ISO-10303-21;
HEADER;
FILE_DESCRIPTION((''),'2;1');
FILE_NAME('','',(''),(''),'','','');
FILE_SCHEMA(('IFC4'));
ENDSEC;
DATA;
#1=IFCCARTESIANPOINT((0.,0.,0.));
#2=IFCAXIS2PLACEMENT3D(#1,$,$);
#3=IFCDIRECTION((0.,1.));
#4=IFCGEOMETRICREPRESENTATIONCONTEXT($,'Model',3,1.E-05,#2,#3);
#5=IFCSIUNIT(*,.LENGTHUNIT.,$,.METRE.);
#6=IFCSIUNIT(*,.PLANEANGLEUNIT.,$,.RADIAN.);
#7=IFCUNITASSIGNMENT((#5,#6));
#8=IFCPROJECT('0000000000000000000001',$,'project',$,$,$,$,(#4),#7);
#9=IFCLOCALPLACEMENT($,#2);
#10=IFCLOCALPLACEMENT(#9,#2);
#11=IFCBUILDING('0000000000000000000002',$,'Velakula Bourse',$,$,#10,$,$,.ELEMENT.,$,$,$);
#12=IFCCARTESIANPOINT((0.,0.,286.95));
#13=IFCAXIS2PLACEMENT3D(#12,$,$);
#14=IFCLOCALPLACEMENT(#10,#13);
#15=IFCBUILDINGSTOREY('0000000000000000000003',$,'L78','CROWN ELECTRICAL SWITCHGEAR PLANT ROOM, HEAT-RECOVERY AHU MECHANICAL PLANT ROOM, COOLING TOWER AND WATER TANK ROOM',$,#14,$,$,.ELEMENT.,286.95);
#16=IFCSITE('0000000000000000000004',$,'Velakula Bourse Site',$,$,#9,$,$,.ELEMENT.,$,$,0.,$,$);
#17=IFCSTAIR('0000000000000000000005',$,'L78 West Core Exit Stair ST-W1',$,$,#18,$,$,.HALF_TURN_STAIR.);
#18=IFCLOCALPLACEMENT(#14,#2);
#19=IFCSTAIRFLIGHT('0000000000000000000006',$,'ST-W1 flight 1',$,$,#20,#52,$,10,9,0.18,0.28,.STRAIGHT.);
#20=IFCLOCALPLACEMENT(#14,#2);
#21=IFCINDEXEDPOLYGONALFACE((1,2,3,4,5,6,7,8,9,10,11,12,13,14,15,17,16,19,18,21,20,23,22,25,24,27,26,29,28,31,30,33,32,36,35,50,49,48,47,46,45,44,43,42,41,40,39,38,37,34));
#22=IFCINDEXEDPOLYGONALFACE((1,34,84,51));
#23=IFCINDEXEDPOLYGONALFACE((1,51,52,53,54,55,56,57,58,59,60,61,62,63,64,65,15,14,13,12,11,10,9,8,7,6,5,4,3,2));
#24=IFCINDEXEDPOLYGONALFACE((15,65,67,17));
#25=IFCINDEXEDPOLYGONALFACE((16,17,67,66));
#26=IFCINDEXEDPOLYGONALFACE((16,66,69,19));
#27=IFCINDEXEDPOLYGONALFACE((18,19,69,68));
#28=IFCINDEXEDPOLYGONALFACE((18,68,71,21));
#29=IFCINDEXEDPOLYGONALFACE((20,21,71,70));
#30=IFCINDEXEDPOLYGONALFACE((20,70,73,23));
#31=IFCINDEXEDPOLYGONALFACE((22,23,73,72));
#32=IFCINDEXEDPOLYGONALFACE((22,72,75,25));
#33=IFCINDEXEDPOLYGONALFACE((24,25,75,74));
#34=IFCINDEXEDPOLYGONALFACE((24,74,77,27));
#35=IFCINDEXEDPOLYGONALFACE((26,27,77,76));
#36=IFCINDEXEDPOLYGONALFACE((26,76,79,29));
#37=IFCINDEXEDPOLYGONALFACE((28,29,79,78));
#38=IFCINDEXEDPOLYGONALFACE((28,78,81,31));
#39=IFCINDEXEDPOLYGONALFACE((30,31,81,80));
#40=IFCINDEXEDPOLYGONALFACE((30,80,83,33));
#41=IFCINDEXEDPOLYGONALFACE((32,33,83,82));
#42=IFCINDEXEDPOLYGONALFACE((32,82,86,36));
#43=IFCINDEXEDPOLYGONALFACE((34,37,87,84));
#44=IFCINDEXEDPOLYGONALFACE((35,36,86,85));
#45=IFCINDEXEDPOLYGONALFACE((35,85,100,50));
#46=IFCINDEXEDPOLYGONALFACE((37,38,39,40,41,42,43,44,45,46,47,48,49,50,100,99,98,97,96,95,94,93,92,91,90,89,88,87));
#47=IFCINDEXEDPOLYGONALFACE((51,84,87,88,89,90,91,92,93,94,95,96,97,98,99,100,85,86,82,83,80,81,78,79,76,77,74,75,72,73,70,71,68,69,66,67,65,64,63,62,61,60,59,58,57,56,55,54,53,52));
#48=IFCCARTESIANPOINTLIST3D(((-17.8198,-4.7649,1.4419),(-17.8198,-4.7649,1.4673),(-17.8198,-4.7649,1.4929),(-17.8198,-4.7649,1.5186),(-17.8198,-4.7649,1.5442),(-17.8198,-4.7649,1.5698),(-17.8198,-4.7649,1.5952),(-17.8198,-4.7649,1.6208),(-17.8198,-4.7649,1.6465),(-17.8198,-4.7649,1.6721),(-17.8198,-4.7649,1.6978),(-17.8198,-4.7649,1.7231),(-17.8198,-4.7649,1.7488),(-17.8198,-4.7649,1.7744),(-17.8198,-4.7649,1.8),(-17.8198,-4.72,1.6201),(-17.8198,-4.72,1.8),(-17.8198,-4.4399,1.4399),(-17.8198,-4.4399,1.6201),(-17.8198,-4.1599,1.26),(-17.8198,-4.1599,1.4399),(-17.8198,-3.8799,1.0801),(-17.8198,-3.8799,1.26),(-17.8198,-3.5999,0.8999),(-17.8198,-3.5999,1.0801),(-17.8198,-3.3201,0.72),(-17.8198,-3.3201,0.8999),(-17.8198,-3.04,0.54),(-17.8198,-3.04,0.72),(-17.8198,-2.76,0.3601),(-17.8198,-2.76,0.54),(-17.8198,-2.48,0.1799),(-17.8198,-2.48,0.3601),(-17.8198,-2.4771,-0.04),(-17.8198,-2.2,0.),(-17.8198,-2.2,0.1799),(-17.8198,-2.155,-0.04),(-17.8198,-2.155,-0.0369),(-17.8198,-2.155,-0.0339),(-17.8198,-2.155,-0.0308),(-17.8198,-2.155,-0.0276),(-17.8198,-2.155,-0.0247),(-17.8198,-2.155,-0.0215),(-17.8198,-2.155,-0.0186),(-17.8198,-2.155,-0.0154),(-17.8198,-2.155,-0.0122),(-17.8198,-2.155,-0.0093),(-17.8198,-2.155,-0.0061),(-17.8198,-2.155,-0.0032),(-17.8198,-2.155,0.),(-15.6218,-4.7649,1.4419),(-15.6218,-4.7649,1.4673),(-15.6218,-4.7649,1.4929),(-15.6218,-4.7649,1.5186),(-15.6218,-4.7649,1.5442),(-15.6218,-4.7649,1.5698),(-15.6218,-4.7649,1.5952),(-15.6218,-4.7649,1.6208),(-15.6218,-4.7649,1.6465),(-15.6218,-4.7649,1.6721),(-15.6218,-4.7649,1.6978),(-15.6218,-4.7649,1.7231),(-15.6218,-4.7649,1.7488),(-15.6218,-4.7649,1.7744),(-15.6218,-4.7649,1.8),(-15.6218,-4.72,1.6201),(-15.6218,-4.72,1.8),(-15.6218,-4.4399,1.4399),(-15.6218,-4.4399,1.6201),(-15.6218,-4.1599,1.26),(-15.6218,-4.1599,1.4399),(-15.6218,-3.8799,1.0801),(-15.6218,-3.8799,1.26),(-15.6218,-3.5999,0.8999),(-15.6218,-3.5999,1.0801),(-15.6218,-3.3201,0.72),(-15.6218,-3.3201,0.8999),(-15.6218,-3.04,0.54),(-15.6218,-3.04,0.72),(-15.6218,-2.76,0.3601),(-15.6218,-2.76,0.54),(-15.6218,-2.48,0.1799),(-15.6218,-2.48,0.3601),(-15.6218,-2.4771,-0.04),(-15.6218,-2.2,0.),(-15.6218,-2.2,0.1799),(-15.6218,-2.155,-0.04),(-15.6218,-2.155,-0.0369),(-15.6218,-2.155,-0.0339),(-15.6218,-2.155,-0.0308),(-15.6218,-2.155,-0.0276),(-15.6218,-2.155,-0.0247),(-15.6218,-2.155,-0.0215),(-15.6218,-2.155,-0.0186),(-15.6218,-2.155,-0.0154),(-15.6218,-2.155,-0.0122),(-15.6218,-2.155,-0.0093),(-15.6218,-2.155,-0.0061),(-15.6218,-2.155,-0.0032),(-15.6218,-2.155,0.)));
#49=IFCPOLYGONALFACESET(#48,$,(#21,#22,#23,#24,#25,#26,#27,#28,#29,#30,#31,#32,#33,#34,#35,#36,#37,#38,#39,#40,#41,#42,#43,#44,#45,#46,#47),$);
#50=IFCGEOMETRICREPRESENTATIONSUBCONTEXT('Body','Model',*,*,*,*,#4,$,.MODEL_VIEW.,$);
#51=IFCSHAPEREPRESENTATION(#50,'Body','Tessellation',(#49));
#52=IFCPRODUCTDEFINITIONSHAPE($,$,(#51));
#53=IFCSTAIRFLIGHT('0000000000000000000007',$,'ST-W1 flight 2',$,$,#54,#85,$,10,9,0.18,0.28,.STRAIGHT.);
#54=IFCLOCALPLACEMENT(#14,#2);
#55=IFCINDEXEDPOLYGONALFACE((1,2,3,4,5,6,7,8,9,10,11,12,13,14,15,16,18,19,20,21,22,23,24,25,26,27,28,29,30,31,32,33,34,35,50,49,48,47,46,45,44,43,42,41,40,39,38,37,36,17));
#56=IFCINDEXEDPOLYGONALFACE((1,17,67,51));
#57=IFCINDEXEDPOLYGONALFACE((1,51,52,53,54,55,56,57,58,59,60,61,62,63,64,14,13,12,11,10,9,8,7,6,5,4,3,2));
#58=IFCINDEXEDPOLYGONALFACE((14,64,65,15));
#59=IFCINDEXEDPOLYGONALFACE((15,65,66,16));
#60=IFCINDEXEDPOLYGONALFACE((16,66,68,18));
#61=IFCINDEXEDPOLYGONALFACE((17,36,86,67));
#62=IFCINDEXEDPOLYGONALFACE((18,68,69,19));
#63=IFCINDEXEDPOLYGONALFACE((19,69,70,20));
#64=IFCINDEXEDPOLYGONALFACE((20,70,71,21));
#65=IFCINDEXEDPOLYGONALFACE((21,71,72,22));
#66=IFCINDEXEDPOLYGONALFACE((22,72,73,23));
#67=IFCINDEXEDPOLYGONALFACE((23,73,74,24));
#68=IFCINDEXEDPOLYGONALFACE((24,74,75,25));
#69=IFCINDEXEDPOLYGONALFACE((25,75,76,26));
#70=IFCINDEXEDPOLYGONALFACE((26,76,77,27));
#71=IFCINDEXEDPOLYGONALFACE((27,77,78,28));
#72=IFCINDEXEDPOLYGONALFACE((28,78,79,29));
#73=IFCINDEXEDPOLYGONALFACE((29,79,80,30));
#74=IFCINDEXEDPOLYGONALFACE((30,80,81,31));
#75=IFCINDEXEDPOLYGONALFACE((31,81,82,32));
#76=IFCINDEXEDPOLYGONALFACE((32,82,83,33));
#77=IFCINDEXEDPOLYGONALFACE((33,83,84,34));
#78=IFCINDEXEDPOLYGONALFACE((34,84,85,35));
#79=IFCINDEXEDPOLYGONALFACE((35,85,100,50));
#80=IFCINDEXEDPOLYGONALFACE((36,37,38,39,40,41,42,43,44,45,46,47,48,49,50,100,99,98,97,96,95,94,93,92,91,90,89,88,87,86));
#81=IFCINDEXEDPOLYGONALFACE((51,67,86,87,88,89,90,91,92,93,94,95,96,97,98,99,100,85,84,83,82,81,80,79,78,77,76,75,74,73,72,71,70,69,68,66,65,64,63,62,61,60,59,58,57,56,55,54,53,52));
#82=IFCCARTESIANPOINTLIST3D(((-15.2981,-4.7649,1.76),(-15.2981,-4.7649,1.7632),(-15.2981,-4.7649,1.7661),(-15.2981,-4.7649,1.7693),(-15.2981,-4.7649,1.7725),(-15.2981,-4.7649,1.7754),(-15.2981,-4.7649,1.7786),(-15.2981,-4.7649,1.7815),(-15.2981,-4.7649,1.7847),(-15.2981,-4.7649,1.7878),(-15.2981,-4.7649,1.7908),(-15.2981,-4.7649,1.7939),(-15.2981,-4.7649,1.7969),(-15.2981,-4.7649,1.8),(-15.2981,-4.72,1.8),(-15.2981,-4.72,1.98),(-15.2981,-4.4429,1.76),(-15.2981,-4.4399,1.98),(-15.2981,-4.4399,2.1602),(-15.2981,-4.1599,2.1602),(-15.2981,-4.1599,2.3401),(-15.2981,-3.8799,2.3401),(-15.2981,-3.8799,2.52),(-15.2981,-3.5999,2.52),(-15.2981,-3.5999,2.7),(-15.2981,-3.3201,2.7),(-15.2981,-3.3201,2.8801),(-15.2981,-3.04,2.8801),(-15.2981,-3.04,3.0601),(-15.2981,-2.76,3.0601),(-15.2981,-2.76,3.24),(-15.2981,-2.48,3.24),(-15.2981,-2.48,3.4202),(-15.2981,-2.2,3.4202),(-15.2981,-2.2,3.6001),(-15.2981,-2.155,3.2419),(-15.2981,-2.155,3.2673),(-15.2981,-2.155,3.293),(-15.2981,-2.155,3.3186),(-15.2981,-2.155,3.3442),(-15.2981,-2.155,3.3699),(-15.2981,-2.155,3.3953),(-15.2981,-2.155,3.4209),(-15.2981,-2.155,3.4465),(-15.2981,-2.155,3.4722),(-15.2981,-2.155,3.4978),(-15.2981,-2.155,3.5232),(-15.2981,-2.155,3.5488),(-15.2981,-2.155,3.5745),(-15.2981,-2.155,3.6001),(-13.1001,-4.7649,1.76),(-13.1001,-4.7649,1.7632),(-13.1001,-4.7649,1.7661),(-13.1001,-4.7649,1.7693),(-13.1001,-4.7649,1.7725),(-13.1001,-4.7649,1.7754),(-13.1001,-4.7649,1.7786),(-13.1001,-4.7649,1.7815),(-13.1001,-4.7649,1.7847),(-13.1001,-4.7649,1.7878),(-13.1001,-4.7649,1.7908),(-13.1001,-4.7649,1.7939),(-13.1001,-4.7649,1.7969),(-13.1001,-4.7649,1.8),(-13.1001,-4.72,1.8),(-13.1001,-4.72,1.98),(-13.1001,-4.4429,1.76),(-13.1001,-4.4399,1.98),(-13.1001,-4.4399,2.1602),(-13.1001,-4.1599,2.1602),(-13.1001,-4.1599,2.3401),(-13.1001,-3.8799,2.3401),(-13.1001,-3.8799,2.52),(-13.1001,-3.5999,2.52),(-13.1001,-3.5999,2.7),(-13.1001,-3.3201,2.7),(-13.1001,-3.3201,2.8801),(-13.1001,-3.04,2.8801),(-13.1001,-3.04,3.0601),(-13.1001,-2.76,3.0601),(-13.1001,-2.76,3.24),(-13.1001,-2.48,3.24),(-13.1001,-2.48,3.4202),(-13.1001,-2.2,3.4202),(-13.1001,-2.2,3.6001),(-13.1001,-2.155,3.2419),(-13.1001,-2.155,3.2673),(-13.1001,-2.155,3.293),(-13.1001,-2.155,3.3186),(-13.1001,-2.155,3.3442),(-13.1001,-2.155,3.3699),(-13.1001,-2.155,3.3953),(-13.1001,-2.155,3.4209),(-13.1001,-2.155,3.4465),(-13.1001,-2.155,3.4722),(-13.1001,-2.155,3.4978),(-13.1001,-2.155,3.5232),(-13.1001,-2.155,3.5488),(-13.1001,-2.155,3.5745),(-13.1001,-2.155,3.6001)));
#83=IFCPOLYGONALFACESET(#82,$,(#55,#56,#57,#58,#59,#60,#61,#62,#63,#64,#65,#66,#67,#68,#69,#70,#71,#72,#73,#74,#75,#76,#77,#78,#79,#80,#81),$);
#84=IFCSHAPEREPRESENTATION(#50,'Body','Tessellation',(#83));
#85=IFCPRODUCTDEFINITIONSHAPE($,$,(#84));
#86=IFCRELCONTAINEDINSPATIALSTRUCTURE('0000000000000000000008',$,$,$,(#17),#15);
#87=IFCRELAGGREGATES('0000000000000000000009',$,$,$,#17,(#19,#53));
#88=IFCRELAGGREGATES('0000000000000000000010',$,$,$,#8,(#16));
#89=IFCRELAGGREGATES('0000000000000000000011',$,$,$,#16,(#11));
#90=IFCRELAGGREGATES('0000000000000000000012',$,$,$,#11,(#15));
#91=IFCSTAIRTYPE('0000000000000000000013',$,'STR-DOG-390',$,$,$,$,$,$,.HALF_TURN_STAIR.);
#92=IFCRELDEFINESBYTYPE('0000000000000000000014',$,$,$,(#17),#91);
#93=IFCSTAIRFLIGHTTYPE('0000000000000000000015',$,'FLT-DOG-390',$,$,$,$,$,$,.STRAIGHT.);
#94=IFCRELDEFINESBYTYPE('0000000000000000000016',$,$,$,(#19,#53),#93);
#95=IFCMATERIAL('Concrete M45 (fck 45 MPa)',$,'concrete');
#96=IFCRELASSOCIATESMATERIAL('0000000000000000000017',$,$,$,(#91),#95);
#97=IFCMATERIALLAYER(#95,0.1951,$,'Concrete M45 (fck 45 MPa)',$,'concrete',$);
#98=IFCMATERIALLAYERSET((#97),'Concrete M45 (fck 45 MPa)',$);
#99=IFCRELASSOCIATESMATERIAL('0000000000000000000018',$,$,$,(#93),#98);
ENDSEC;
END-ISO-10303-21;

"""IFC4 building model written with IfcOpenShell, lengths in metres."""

from ifc_helpers import new_model, si_unit, direction, frame, origin, place, context, subcontext, project, spatial, polyline, outline, extrude, material, layer, layer_set, type_object, element, aggregate, save


model = new_model("IFC4")

# Units and contexts
model_context = context("Model", 3, precision=1e-05, world=origin(), true_north=direction((0.0, 1.0)))
body_context = subcontext(model_context, "Body", "Model", "MODEL_VIEW")
ifc_project = project(units=[si_unit("LENGTHUNIT", "METRE"), si_unit("PLANEANGLEUNIT", "RADIAN")], contexts=[model_context])

# Site, building, storey
site_placement = place(None, origin())
site = spatial("IfcSite", under=ifc_project, at=site_placement, Name="Velakula Bourse Site", CompositionType="ELEMENT", RefElevation=0.0)
building_placement = place(site_placement, origin())
building = spatial("IfcBuilding", under=site, at=building_placement, Name="Velakula Bourse", CompositionType="ELEMENT")
storey_placement = place(building_placement, frame((0.0, 0.0, 286.95)))
storey = spatial("IfcBuildingStorey", under=building, at=storey_placement, Name="L78", Description="CROWN ELECTRICAL SWITCHGEAR PLANT ROOM, HEAT-RECOVERY AHU MECHANICAL PLANT ROOM, COOLING TOWER AND WATER TANK ROOM", CompositionType="ELEMENT", Elevation=286.95)

# Stair, stair flights
ifc_material_1 = material(Name="Concrete M45 (fck 45 MPa)", Category="concrete")
stair_type = type_object("IfcStairType", Name="STR-DOG-390", PredefinedType="HALF_TURN_STAIR", material=ifc_material_1)
stair_placement = place(storey_placement, origin())
stair = element("IfcStair", 1, at=stair_placement, inside=storey, type_object=stair_type, Name="L78 West Core Exit Stair ST-W1", PredefinedType="HALF_TURN_STAIR")
ifc_layer_1 = layer(ifc_material_1, 0.1951, Name="Concrete M45 (fck 45 MPa)", Category="concrete")
ifc_layer_set_1 = layer_set([ifc_layer_1], Name="Concrete M45 (fck 45 MPa)")
stair_flight_type = type_object("IfcStairFlightType", Name="FLT-DOG-390", PredefinedType="STRAIGHT", material=ifc_layer_set_1)
stair_flight_1_placement = place(storey_placement, frame((-16.7209, -2.2, 0.0), z_axis=(0.0, 0.0, 1.0), x_axis=(0.0, -1.0, 0.0)))
stair_flight_1 = element("IfcStairFlight", 2, at=stair_flight_1_placement, type_object=stair_flight_type, Name="ST-W1 flight 1", NumberOfRisers=10, NumberOfTreads=9, PredefinedType="STRAIGHT", RiserHeight=0.18, TreadLength=0.28, context=body_context, shape_type="SweptSolid", body=[
    extrude(outline(polyline([(-0.0449, -0.04), (-0.0449, -0.0369), (-0.0449, -0.0339), (-0.0449, -0.0308), (-0.0449, -0.0276), (-0.0449, -0.0247), (-0.0449, -0.0215), (-0.0449, -0.0186), (-0.0449, -0.0154), (-0.0449, -0.0122), (-0.0449, -0.0093), (-0.0449, -0.0061), (-0.0449, -0.0032), (-0.0449, 0.0), (0.0, 0.0), (0.0, 0.1799), (0.28, 0.1799), (0.28, 0.3601), (0.5601, 0.3601), (0.5601, 0.54), (0.8401, 0.54), (0.8401, 0.72), (1.1201, 0.72), (1.1201, 0.8999), (1.3999, 0.8999), (1.3999, 1.0801), (1.6799, 1.0801), (1.6799, 1.26), (1.96, 1.26), (1.96, 1.4399), (2.24, 1.4399), (2.24, 1.6201), (2.52, 1.6201), (2.52, 1.8), (2.5649, 1.8), (2.5649, 1.7744), (2.5649, 1.7488), (2.5649, 1.7231), (2.5649, 1.6978), (2.5649, 1.6721), (2.5649, 1.6465), (2.5649, 1.6208), (2.5649, 1.5952), (2.5649, 1.5698), (2.5649, 1.5442), (2.5649, 1.5186), (2.5649, 1.4929), (2.5649, 1.4673), (2.5649, 1.4419), (0.2771, -0.04), (-0.0449, -0.04)])), frame((0.0, 1.0991, 0.0), z_axis=(0.0, -1.0, 0.0), x_axis=(1.0, 0.0, 0.0)), (0.0, 0.0, 1.0), 2.198),
])
stair_flight_2_placement = place(storey_placement, frame((-14.199, -4.72, 1.8), z_axis=(0.0, 0.0, 1.0), x_axis=(0.0, 1.0, 0.0)))
stair_flight_2 = element("IfcStairFlight", 3, at=stair_flight_2_placement, type_object=stair_flight_type, Name="ST-W1 flight 2", NumberOfRisers=10, NumberOfTreads=9, PredefinedType="STRAIGHT", RiserHeight=0.18, TreadLength=0.28, context=body_context, shape_type="SweptSolid", body=[
    extrude(outline(polyline([(-0.0449, -0.04), (-0.0449, -0.0369), (-0.0449, -0.0339), (-0.0449, -0.0308), (-0.0449, -0.0276), (-0.0449, -0.0247), (-0.0449, -0.0215), (-0.0449, -0.0186), (-0.0449, -0.0154), (-0.0449, -0.0122), (-0.0449, -0.0093), (-0.0449, -0.0061), (-0.0449, -0.0032), (-0.0449, 0.0), (0.0, 0.0), (0.0, 0.1799), (0.28, 0.1799), (0.28, 0.3601), (0.5601, 0.3601), (0.5601, 0.54), (0.8401, 0.54), (0.8401, 0.72), (1.1201, 0.72), (1.1201, 0.8999), (1.3999, 0.8999), (1.3999, 1.0801), (1.6799, 1.0801), (1.6799, 1.26), (1.96, 1.26), (1.96, 1.4399), (2.24, 1.4399), (2.24, 1.6201), (2.52, 1.6201), (2.52, 1.8), (2.5649, 1.8), (2.5649, 1.7744), (2.5649, 1.7488), (2.5649, 1.7231), (2.5649, 1.6978), (2.5649, 1.6721), (2.5649, 1.6465), (2.5649, 1.6208), (2.5649, 1.5952), (2.5649, 1.5698), (2.5649, 1.5442), (2.5649, 1.5186), (2.5649, 1.4929), (2.5649, 1.4673), (2.5649, 1.4419), (0.2771, -0.04), (-0.0449, -0.04)])), frame((0.0, 1.0991, 0.0), z_axis=(0.0, -1.0, 0.0), x_axis=(1.0, 0.0, 0.0)), (0.0, 0.0, 1.0), 2.198),
])
aggregate(stair, [stair_flight_1, stair_flight_2])

save(model, "model.ifc")
